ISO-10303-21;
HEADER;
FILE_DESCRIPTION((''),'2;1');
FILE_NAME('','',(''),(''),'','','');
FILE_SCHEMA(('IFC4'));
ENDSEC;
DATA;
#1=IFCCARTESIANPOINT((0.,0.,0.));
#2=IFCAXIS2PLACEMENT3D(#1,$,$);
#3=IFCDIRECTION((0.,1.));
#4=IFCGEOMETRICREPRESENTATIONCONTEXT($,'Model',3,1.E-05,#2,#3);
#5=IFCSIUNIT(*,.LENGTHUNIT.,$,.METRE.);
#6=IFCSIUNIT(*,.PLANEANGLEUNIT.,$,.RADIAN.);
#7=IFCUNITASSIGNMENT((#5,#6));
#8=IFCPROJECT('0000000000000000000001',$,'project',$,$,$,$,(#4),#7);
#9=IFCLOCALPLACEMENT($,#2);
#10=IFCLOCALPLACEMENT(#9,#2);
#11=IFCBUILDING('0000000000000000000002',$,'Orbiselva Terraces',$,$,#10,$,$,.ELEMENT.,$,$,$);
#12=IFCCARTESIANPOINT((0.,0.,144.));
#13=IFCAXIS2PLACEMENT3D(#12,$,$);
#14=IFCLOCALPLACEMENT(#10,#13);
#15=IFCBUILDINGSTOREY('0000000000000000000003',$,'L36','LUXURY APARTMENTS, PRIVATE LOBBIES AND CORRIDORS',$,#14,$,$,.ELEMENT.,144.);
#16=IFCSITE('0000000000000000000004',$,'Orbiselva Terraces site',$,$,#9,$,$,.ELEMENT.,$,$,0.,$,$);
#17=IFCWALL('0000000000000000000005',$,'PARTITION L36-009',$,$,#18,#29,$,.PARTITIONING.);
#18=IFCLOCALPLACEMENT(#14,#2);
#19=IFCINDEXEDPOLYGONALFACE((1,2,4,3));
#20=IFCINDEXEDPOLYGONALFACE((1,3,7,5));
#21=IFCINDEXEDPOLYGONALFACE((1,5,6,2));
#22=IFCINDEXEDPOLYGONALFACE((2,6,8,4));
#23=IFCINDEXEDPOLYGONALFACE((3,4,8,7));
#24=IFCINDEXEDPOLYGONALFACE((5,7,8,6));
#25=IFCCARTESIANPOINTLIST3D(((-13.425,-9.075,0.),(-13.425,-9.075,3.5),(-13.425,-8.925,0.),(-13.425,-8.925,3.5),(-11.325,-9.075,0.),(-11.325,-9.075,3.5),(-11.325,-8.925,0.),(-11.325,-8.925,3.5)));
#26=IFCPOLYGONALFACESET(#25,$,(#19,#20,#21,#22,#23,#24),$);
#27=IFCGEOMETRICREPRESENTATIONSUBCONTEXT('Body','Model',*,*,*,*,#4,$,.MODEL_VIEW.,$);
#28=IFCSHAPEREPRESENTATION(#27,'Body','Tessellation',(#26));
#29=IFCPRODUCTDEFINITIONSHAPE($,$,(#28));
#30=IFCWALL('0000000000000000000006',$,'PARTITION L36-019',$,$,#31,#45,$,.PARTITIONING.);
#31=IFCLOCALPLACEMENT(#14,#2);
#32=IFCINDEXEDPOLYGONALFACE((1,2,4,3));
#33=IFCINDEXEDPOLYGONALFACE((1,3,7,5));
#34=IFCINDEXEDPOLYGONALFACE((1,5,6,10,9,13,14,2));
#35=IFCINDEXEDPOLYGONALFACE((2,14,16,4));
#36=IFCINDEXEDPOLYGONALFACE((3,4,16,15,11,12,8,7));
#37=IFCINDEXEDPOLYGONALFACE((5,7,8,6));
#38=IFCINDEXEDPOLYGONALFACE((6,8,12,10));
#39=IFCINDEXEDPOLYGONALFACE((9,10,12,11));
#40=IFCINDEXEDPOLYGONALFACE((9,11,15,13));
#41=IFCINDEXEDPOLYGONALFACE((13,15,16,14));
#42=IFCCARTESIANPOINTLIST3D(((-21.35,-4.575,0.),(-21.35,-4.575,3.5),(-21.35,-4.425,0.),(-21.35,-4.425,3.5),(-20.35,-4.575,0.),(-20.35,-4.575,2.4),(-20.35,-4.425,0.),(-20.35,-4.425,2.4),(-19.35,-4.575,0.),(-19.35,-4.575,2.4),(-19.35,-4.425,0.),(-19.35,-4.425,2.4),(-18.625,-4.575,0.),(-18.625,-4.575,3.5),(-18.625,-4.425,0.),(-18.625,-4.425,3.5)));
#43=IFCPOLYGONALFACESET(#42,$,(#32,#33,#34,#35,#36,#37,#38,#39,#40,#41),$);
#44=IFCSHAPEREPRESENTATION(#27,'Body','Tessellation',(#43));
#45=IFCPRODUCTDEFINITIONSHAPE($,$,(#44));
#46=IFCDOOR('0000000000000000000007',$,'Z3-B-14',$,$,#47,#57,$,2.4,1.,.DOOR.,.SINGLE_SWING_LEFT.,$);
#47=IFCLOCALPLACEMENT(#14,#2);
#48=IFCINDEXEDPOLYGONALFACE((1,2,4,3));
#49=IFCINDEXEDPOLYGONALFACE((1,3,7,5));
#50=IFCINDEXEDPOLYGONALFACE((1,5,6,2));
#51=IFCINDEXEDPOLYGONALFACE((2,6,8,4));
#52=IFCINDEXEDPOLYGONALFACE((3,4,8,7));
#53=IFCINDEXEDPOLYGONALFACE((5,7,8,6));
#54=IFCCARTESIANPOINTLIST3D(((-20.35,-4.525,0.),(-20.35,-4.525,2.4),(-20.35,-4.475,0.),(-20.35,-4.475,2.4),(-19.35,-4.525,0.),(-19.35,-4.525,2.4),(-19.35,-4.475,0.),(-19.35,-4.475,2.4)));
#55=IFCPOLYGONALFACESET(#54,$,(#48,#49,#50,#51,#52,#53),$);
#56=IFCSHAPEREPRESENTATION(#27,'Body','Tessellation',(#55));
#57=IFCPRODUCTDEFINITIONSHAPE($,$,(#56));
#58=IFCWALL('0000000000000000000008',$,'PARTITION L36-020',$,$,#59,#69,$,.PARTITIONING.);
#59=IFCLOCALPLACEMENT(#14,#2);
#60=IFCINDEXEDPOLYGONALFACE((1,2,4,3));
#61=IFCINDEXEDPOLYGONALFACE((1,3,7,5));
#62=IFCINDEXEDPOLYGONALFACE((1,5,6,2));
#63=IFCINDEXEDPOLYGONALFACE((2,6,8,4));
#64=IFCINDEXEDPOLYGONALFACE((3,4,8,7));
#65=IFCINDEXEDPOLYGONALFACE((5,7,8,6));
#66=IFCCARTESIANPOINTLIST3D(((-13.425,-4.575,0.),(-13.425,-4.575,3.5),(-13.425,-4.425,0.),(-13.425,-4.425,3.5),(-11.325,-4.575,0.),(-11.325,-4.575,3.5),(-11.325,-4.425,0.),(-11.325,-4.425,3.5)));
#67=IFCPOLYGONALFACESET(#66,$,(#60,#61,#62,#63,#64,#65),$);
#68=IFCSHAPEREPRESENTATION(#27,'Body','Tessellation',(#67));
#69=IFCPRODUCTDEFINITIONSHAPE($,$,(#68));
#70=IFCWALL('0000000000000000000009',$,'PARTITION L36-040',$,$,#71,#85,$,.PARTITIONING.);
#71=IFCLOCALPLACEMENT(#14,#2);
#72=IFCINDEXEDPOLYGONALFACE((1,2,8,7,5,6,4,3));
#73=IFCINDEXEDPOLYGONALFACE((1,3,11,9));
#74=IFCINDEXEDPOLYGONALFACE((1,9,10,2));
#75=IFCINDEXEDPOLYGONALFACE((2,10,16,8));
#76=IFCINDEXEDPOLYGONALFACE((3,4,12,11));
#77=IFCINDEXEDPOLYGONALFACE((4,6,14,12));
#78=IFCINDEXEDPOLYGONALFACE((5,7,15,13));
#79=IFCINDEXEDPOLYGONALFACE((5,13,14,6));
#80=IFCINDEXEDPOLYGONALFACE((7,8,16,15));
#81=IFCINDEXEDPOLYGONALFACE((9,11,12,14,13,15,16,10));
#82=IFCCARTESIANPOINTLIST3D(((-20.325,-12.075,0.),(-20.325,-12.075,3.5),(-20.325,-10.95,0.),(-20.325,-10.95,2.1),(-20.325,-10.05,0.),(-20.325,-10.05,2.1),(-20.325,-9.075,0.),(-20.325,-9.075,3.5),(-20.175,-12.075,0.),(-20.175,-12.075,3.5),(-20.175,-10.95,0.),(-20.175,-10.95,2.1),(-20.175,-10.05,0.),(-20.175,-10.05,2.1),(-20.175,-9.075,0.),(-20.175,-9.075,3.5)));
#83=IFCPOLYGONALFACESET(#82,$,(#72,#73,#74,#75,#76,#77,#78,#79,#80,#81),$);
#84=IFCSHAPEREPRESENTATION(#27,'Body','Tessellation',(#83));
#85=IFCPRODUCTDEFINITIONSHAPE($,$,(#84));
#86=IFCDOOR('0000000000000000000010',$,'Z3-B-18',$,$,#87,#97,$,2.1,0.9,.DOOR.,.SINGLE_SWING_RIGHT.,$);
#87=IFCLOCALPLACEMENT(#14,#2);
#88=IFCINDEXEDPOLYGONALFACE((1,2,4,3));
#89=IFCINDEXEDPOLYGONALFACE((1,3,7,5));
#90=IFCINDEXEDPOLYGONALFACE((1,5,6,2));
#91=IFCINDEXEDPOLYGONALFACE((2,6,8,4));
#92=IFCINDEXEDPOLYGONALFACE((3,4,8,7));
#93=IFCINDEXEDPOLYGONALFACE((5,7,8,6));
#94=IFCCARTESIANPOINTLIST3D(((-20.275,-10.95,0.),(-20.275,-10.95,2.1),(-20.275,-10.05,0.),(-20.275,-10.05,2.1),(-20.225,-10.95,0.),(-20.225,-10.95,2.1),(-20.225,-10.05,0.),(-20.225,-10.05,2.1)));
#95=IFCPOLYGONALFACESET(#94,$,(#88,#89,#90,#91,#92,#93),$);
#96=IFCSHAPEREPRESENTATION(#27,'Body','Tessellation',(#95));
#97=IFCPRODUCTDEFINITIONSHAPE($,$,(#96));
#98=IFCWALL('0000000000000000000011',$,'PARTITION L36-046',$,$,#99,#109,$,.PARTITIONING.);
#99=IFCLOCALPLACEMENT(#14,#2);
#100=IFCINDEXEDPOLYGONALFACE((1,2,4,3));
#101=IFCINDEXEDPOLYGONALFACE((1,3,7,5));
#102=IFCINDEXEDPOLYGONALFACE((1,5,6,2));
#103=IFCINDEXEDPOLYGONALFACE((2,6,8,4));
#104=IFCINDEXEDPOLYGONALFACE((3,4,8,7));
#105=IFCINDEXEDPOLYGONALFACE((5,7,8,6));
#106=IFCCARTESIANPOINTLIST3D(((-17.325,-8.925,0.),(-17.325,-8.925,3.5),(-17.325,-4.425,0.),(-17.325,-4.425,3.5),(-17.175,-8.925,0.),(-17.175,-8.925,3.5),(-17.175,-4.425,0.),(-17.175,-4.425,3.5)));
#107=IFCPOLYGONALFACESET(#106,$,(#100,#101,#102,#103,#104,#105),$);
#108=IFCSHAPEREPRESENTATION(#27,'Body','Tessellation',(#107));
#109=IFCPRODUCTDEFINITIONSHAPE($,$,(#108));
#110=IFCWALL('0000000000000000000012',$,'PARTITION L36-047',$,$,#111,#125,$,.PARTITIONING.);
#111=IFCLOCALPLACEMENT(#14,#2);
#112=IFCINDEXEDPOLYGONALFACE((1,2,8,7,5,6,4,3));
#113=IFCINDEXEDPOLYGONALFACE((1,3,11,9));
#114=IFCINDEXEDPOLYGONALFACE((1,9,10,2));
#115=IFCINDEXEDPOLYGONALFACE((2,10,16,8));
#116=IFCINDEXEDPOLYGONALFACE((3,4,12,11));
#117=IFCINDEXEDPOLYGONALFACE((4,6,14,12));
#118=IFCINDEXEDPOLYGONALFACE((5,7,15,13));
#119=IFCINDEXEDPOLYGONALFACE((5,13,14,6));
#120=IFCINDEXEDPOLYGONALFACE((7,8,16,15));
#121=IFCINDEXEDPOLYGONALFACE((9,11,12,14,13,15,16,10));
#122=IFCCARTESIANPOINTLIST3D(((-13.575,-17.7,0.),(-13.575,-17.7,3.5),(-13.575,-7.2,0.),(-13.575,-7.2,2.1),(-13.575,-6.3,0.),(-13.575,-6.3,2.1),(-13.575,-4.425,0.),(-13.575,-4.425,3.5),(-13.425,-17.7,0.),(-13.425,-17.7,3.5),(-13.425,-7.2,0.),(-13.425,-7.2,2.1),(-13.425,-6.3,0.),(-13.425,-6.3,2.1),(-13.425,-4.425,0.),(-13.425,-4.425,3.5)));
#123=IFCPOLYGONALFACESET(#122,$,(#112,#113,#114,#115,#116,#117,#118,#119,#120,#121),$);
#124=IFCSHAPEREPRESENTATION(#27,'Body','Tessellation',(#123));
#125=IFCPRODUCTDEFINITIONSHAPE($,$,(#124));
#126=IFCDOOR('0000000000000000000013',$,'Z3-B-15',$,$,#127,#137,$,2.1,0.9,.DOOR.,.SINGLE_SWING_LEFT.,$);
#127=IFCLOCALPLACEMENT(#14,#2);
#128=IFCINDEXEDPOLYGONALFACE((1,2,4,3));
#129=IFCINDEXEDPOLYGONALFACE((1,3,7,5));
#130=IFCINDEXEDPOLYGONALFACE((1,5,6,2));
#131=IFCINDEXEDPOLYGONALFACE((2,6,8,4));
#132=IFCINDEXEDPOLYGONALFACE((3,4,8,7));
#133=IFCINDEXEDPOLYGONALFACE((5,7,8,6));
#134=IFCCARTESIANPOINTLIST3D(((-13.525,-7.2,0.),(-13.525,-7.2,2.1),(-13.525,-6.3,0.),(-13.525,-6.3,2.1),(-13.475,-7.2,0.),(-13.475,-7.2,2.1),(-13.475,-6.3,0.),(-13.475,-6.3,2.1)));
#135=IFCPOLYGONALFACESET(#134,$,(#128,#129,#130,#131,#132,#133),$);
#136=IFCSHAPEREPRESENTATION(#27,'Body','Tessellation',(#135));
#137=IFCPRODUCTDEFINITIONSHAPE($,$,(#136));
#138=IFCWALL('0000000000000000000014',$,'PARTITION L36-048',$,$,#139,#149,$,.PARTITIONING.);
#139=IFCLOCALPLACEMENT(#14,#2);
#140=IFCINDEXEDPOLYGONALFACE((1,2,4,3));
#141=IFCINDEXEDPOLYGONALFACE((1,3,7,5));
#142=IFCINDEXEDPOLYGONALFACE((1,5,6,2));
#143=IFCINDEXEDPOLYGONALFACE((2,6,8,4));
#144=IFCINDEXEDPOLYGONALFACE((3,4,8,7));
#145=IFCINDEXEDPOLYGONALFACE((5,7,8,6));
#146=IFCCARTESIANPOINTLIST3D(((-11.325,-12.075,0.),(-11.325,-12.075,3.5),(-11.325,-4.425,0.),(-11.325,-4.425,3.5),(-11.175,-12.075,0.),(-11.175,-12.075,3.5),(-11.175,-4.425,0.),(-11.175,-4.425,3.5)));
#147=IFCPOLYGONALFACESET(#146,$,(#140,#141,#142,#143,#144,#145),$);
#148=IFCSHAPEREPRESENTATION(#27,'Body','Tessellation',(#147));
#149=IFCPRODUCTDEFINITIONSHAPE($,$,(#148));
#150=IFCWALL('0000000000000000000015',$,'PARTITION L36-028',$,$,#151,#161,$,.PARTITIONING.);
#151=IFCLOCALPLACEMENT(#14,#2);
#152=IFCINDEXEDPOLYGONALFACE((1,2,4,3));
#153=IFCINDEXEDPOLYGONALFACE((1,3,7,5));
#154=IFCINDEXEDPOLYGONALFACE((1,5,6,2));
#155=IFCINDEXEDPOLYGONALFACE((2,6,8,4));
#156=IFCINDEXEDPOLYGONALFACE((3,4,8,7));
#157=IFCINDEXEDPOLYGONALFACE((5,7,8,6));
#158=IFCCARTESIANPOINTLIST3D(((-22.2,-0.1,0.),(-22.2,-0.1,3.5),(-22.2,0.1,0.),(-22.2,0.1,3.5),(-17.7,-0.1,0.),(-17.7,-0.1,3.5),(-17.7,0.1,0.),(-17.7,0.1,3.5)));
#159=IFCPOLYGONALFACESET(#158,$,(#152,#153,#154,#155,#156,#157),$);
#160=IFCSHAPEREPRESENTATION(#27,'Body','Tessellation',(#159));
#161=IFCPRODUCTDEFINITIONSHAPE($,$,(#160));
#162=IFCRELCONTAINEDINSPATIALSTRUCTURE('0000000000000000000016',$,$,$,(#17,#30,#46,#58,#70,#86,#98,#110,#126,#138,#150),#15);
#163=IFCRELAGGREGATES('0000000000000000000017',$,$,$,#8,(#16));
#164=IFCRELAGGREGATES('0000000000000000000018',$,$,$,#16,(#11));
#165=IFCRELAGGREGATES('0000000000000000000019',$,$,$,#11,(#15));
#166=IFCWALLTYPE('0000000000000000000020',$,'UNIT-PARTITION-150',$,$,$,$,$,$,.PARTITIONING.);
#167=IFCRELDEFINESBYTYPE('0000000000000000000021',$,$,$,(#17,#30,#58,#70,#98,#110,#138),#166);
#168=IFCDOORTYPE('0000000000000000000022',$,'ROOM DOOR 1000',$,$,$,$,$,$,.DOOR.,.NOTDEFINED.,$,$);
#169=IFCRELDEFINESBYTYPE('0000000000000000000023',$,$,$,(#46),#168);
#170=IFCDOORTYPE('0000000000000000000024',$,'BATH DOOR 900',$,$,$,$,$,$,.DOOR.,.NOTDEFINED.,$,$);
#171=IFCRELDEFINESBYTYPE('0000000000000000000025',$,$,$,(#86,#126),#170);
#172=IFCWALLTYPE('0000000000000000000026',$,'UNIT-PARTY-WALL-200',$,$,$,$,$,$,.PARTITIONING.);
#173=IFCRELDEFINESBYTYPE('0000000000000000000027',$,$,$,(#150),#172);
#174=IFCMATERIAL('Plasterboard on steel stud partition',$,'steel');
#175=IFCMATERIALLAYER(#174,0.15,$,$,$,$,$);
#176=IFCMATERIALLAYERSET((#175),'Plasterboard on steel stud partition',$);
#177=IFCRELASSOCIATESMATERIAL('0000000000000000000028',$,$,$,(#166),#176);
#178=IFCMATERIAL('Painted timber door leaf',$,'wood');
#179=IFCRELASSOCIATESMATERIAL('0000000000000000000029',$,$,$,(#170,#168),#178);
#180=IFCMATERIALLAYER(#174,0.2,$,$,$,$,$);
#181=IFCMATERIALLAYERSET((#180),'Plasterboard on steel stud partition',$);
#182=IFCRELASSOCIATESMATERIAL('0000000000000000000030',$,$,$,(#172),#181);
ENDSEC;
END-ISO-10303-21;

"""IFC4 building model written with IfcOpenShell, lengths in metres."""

from ifc_helpers import new_model, si_unit, direction, frame, frame_2d, origin, place, context, subcontext, project, spatial, rectangle, extrude, material, layer, layer_set, type_object, element, fill, save


model = new_model("IFC4")

# Units and contexts
model_context = context("Model", 3, precision=1e-05, world=origin(), true_north=direction((0.0, 1.0)))
body_context = subcontext(model_context, "Body", "Model", "MODEL_VIEW")
ifc_project = project(units=[si_unit("LENGTHUNIT", "METRE"), si_unit("PLANEANGLEUNIT", "RADIAN")], contexts=[model_context])

# Site, building, storey
site_placement = place(None, origin())
site = spatial("IfcSite", under=ifc_project, at=site_placement, Name="Orbiselva Terraces site", CompositionType="ELEMENT", RefElevation=0.0)
building_placement = place(site_placement, origin())
building = spatial("IfcBuilding", under=site, at=building_placement, Name="Orbiselva Terraces", CompositionType="ELEMENT")
storey_placement = place(building_placement, frame((0.0, 0.0, 144.0)))
storey = spatial("IfcBuildingStorey", under=building, at=storey_placement, Name="L36", Description="LUXURY APARTMENTS, PRIVATE LOBBIES AND CORRIDORS", CompositionType="ELEMENT", Elevation=144.0)

# Shared definitions
ifc_material_1 = material(Name="Plasterboard on steel stud partition", Category="steel")
ifc_layer_1 = layer(ifc_material_1, 0.15)
ifc_layer_set_1 = layer_set([ifc_layer_1], Name="Plasterboard on steel stud partition")
wall_type_1 = type_object("IfcWallType", Name="UNIT-PARTITION-150", PredefinedType="PARTITIONING", material=ifc_layer_set_1)

# Shared definitions
ifc_material_2 = material(Name="Painted timber door leaf", Category="wood")
door_type_1 = type_object("IfcDoorType", Name="BATH DOOR 900", OperationType="NOTDEFINED", PredefinedType="DOOR", material=ifc_material_2)

# Wall
wall_1_placement = place(storey_placement, frame((-13.425, -9.0, 0.0), z_axis=(0.0, 0.0, 1.0), x_axis=(1.0, 0.0, 0.0)))
element("IfcWall", 1, at=wall_1_placement, inside=storey, type_object=wall_type_1, Name="PARTITION L36-009", PredefinedType="PARTITIONING", context=body_context, shape_type="SweptSolid", body=[
    extrude(rectangle(XDim=2.1, YDim=0.15, at=frame_2d((1.05, 0.0))), origin(), (0.0, 0.0, 1.0), 3.5),
])

# Wall, opening, door
wall_2_placement = place(storey_placement, frame((-18.625, -4.5, 0.0), z_axis=(0.0, 0.0, 1.0), x_axis=(-1.0, 0.0, 0.0)))
wall_2 = element("IfcWall", 2, at=wall_2_placement, inside=storey, type_object=wall_type_1, Name="PARTITION L36-019", PredefinedType="PARTITIONING", context=body_context, shape_type="SweptSolid", body=[
    extrude(rectangle(XDim=2.725, YDim=0.15, at=frame_2d((1.3625, 0.0))), origin(), (0.0, 0.0, 1.0), 3.5),
])
opening_1_placement = place(wall_2_placement, frame((0.725, 0.0, 0.0)))
opening_1 = element("IfcOpeningElement", 3, at=opening_1_placement, cuts=wall_2, PredefinedType="OPENING", context=body_context, shape_type="SweptSolid", body=[
    extrude(rectangle(XDim=1.0, YDim=2.4, at=frame_2d((0.5, 1.2))), frame((0.0, 0.085, 0.0), z_axis=(0.0, -1.0, 0.0), x_axis=(1.0, 0.0, 0.0)), (0.0, 0.0, 1.0), 0.17),
])
door_type_2 = type_object("IfcDoorType", Name="ROOM DOOR 1000", OperationType="NOTDEFINED", PredefinedType="DOOR", material=ifc_material_2)
door_1_placement = place(opening_1_placement, origin())
door_1 = element("IfcDoor", 4, at=door_1_placement, inside=storey, type_object=door_type_2, Name="Z3-B-14", OperationType="SINGLE_SWING_LEFT", OverallHeight=2.4, OverallWidth=1.0, PredefinedType="DOOR", context=body_context, shape_type="SweptSolid", body=[
    extrude(rectangle(XDim=1.0, YDim=2.4, at=frame_2d((0.5, 1.2))), frame((0.0, 0.025, 0.0), z_axis=(0.0, -1.0, 0.0), x_axis=(1.0, 0.0, 0.0)), (0.0, 0.0, 1.0), 0.05),
])
fill(opening_1, door_1)

# Wall
wall_3_placement = place(storey_placement, frame((-13.425, -4.5, 0.0), z_axis=(0.0, 0.0, 1.0), x_axis=(1.0, 0.0, 0.0)))
element("IfcWall", 5, at=wall_3_placement, inside=storey, type_object=wall_type_1, Name="PARTITION L36-020", PredefinedType="PARTITIONING", context=body_context, shape_type="SweptSolid", body=[
    extrude(rectangle(XDim=2.1, YDim=0.15, at=frame_2d((1.05, 0.0))), origin(), (0.0, 0.0, 1.0), 3.5),
])

# Wall, opening, door
wall_4_placement = place(storey_placement, frame((-20.25, -12.075, 0.0), z_axis=(0.0, 0.0, 1.0), x_axis=(0.0, 1.0, 0.0)))
wall_4 = element("IfcWall", 6, at=wall_4_placement, inside=storey, type_object=wall_type_1, Name="PARTITION L36-040", PredefinedType="PARTITIONING", context=body_context, shape_type="SweptSolid", body=[
    extrude(rectangle(XDim=3.0, YDim=0.15, at=frame_2d((1.5, 0.0))), origin(), (0.0, 0.0, 1.0), 3.5),
])
opening_2_placement = place(wall_4_placement, frame((1.125, 0.0, 0.0)))
opening_2 = element("IfcOpeningElement", 7, at=opening_2_placement, cuts=wall_4, PredefinedType="OPENING", context=body_context, shape_type="SweptSolid", body=[
    extrude(rectangle(XDim=0.9, YDim=2.1, at=frame_2d((0.45, 1.05))), frame((0.0, 0.085, 0.0), z_axis=(0.0, -1.0, 0.0), x_axis=(1.0, 0.0, 0.0)), (0.0, 0.0, 1.0), 0.17),
])
door_2_placement = place(opening_2_placement, origin())
door_2 = element("IfcDoor", 8, at=door_2_placement, inside=storey, type_object=door_type_1, Name="Z3-B-18", OperationType="SINGLE_SWING_RIGHT", OverallHeight=2.1, OverallWidth=0.9, PredefinedType="DOOR", context=body_context, shape_type="SweptSolid", body=[
    extrude(rectangle(XDim=0.9, YDim=2.1, at=frame_2d((0.45, 1.05))), frame((0.0, 0.025, 0.0), z_axis=(0.0, -1.0, 0.0), x_axis=(1.0, 0.0, 0.0)), (0.0, 0.0, 1.0), 0.05),
])
fill(opening_2, door_2)

# Wall
wall_5_placement = place(storey_placement, frame((-17.25, -8.925, 0.0), z_axis=(0.0, 0.0, 1.0), x_axis=(0.0, 1.0, 0.0)))
element("IfcWall", 9, at=wall_5_placement, inside=storey, type_object=wall_type_1, Name="PARTITION L36-046", PredefinedType="PARTITIONING", context=body_context, shape_type="SweptSolid", body=[
    extrude(rectangle(XDim=4.5, YDim=0.15, at=frame_2d((2.25, 0.0))), origin(), (0.0, 0.0, 1.0), 3.5),
])

# Wall, opening, door
wall_6_placement = place(storey_placement, frame((-13.5, -4.425, 0.0), z_axis=(0.0, 0.0, 1.0), x_axis=(0.0, -1.0, 0.0)))
wall_6 = element("IfcWall", 10, at=wall_6_placement, inside=storey, type_object=wall_type_1, Name="PARTITION L36-047", PredefinedType="PARTITIONING", context=body_context, shape_type="SweptSolid", body=[
    extrude(rectangle(XDim=13.275, YDim=0.15, at=frame_2d((6.6375, 0.0))), origin(), (0.0, 0.0, 1.0), 3.5),
])
opening_3_placement = place(wall_6_placement, frame((1.875, 0.0, 0.0)))
opening_3 = element("IfcOpeningElement", 11, at=opening_3_placement, cuts=wall_6, PredefinedType="OPENING", context=body_context, shape_type="SweptSolid", body=[
    extrude(rectangle(XDim=0.9, YDim=2.1, at=frame_2d((0.45, 1.05))), frame((0.0, 0.085, 0.0), z_axis=(0.0, -1.0, 0.0), x_axis=(1.0, 0.0, 0.0)), (0.0, 0.0, 1.0), 0.17),
])
door_3_placement = place(opening_3_placement, origin())
door_3 = element("IfcDoor", 12, at=door_3_placement, inside=storey, type_object=door_type_1, Name="Z3-B-15", OperationType="SINGLE_SWING_LEFT", OverallHeight=2.1, OverallWidth=0.9, PredefinedType="DOOR", context=body_context, shape_type="SweptSolid", body=[
    extrude(rectangle(XDim=0.9, YDim=2.1, at=frame_2d((0.45, 1.05))), frame((0.0, 0.025, 0.0), z_axis=(0.0, -1.0, 0.0), x_axis=(1.0, 0.0, 0.0)), (0.0, 0.0, 1.0), 0.05),
])
fill(opening_3, door_3)

# Walls
wall_7_placement = place(storey_placement, frame((-11.25, -12.075, 0.0), z_axis=(0.0, 0.0, 1.0), x_axis=(0.0, 1.0, 0.0)))
element("IfcWall", 13, at=wall_7_placement, inside=storey, type_object=wall_type_1, Name="PARTITION L36-048", PredefinedType="PARTITIONING", context=body_context, shape_type="SweptSolid", body=[
    extrude(rectangle(XDim=7.65, YDim=0.15, at=frame_2d((3.825, 0.0))), origin(), (0.0, 0.0, 1.0), 3.5),
])
ifc_layer_2 = layer(ifc_material_1, 0.2)
ifc_layer_set_2 = layer_set([ifc_layer_2], Name="Plasterboard on steel stud partition")
wall_type_2 = type_object("IfcWallType", Name="UNIT-PARTY-WALL-200", PredefinedType="PARTITIONING", material=ifc_layer_set_2)
wall_8_placement = place(storey_placement, frame((-22.2, 0.0, 0.0), z_axis=(0.0, 0.0, 1.0), x_axis=(1.0, 0.0, 0.0)))
element("IfcWall", 14, at=wall_8_placement, inside=storey, type_object=wall_type_2, Name="PARTITION L36-028", PredefinedType="PARTITIONING", context=body_context, shape_type="SweptSolid", body=[
    extrude(rectangle(XDim=4.5, YDim=0.2, at=frame_2d((2.25, 0.0))), origin(), (0.0, 0.0, 1.0), 3.5),
])

save(model, "model.ifc")
